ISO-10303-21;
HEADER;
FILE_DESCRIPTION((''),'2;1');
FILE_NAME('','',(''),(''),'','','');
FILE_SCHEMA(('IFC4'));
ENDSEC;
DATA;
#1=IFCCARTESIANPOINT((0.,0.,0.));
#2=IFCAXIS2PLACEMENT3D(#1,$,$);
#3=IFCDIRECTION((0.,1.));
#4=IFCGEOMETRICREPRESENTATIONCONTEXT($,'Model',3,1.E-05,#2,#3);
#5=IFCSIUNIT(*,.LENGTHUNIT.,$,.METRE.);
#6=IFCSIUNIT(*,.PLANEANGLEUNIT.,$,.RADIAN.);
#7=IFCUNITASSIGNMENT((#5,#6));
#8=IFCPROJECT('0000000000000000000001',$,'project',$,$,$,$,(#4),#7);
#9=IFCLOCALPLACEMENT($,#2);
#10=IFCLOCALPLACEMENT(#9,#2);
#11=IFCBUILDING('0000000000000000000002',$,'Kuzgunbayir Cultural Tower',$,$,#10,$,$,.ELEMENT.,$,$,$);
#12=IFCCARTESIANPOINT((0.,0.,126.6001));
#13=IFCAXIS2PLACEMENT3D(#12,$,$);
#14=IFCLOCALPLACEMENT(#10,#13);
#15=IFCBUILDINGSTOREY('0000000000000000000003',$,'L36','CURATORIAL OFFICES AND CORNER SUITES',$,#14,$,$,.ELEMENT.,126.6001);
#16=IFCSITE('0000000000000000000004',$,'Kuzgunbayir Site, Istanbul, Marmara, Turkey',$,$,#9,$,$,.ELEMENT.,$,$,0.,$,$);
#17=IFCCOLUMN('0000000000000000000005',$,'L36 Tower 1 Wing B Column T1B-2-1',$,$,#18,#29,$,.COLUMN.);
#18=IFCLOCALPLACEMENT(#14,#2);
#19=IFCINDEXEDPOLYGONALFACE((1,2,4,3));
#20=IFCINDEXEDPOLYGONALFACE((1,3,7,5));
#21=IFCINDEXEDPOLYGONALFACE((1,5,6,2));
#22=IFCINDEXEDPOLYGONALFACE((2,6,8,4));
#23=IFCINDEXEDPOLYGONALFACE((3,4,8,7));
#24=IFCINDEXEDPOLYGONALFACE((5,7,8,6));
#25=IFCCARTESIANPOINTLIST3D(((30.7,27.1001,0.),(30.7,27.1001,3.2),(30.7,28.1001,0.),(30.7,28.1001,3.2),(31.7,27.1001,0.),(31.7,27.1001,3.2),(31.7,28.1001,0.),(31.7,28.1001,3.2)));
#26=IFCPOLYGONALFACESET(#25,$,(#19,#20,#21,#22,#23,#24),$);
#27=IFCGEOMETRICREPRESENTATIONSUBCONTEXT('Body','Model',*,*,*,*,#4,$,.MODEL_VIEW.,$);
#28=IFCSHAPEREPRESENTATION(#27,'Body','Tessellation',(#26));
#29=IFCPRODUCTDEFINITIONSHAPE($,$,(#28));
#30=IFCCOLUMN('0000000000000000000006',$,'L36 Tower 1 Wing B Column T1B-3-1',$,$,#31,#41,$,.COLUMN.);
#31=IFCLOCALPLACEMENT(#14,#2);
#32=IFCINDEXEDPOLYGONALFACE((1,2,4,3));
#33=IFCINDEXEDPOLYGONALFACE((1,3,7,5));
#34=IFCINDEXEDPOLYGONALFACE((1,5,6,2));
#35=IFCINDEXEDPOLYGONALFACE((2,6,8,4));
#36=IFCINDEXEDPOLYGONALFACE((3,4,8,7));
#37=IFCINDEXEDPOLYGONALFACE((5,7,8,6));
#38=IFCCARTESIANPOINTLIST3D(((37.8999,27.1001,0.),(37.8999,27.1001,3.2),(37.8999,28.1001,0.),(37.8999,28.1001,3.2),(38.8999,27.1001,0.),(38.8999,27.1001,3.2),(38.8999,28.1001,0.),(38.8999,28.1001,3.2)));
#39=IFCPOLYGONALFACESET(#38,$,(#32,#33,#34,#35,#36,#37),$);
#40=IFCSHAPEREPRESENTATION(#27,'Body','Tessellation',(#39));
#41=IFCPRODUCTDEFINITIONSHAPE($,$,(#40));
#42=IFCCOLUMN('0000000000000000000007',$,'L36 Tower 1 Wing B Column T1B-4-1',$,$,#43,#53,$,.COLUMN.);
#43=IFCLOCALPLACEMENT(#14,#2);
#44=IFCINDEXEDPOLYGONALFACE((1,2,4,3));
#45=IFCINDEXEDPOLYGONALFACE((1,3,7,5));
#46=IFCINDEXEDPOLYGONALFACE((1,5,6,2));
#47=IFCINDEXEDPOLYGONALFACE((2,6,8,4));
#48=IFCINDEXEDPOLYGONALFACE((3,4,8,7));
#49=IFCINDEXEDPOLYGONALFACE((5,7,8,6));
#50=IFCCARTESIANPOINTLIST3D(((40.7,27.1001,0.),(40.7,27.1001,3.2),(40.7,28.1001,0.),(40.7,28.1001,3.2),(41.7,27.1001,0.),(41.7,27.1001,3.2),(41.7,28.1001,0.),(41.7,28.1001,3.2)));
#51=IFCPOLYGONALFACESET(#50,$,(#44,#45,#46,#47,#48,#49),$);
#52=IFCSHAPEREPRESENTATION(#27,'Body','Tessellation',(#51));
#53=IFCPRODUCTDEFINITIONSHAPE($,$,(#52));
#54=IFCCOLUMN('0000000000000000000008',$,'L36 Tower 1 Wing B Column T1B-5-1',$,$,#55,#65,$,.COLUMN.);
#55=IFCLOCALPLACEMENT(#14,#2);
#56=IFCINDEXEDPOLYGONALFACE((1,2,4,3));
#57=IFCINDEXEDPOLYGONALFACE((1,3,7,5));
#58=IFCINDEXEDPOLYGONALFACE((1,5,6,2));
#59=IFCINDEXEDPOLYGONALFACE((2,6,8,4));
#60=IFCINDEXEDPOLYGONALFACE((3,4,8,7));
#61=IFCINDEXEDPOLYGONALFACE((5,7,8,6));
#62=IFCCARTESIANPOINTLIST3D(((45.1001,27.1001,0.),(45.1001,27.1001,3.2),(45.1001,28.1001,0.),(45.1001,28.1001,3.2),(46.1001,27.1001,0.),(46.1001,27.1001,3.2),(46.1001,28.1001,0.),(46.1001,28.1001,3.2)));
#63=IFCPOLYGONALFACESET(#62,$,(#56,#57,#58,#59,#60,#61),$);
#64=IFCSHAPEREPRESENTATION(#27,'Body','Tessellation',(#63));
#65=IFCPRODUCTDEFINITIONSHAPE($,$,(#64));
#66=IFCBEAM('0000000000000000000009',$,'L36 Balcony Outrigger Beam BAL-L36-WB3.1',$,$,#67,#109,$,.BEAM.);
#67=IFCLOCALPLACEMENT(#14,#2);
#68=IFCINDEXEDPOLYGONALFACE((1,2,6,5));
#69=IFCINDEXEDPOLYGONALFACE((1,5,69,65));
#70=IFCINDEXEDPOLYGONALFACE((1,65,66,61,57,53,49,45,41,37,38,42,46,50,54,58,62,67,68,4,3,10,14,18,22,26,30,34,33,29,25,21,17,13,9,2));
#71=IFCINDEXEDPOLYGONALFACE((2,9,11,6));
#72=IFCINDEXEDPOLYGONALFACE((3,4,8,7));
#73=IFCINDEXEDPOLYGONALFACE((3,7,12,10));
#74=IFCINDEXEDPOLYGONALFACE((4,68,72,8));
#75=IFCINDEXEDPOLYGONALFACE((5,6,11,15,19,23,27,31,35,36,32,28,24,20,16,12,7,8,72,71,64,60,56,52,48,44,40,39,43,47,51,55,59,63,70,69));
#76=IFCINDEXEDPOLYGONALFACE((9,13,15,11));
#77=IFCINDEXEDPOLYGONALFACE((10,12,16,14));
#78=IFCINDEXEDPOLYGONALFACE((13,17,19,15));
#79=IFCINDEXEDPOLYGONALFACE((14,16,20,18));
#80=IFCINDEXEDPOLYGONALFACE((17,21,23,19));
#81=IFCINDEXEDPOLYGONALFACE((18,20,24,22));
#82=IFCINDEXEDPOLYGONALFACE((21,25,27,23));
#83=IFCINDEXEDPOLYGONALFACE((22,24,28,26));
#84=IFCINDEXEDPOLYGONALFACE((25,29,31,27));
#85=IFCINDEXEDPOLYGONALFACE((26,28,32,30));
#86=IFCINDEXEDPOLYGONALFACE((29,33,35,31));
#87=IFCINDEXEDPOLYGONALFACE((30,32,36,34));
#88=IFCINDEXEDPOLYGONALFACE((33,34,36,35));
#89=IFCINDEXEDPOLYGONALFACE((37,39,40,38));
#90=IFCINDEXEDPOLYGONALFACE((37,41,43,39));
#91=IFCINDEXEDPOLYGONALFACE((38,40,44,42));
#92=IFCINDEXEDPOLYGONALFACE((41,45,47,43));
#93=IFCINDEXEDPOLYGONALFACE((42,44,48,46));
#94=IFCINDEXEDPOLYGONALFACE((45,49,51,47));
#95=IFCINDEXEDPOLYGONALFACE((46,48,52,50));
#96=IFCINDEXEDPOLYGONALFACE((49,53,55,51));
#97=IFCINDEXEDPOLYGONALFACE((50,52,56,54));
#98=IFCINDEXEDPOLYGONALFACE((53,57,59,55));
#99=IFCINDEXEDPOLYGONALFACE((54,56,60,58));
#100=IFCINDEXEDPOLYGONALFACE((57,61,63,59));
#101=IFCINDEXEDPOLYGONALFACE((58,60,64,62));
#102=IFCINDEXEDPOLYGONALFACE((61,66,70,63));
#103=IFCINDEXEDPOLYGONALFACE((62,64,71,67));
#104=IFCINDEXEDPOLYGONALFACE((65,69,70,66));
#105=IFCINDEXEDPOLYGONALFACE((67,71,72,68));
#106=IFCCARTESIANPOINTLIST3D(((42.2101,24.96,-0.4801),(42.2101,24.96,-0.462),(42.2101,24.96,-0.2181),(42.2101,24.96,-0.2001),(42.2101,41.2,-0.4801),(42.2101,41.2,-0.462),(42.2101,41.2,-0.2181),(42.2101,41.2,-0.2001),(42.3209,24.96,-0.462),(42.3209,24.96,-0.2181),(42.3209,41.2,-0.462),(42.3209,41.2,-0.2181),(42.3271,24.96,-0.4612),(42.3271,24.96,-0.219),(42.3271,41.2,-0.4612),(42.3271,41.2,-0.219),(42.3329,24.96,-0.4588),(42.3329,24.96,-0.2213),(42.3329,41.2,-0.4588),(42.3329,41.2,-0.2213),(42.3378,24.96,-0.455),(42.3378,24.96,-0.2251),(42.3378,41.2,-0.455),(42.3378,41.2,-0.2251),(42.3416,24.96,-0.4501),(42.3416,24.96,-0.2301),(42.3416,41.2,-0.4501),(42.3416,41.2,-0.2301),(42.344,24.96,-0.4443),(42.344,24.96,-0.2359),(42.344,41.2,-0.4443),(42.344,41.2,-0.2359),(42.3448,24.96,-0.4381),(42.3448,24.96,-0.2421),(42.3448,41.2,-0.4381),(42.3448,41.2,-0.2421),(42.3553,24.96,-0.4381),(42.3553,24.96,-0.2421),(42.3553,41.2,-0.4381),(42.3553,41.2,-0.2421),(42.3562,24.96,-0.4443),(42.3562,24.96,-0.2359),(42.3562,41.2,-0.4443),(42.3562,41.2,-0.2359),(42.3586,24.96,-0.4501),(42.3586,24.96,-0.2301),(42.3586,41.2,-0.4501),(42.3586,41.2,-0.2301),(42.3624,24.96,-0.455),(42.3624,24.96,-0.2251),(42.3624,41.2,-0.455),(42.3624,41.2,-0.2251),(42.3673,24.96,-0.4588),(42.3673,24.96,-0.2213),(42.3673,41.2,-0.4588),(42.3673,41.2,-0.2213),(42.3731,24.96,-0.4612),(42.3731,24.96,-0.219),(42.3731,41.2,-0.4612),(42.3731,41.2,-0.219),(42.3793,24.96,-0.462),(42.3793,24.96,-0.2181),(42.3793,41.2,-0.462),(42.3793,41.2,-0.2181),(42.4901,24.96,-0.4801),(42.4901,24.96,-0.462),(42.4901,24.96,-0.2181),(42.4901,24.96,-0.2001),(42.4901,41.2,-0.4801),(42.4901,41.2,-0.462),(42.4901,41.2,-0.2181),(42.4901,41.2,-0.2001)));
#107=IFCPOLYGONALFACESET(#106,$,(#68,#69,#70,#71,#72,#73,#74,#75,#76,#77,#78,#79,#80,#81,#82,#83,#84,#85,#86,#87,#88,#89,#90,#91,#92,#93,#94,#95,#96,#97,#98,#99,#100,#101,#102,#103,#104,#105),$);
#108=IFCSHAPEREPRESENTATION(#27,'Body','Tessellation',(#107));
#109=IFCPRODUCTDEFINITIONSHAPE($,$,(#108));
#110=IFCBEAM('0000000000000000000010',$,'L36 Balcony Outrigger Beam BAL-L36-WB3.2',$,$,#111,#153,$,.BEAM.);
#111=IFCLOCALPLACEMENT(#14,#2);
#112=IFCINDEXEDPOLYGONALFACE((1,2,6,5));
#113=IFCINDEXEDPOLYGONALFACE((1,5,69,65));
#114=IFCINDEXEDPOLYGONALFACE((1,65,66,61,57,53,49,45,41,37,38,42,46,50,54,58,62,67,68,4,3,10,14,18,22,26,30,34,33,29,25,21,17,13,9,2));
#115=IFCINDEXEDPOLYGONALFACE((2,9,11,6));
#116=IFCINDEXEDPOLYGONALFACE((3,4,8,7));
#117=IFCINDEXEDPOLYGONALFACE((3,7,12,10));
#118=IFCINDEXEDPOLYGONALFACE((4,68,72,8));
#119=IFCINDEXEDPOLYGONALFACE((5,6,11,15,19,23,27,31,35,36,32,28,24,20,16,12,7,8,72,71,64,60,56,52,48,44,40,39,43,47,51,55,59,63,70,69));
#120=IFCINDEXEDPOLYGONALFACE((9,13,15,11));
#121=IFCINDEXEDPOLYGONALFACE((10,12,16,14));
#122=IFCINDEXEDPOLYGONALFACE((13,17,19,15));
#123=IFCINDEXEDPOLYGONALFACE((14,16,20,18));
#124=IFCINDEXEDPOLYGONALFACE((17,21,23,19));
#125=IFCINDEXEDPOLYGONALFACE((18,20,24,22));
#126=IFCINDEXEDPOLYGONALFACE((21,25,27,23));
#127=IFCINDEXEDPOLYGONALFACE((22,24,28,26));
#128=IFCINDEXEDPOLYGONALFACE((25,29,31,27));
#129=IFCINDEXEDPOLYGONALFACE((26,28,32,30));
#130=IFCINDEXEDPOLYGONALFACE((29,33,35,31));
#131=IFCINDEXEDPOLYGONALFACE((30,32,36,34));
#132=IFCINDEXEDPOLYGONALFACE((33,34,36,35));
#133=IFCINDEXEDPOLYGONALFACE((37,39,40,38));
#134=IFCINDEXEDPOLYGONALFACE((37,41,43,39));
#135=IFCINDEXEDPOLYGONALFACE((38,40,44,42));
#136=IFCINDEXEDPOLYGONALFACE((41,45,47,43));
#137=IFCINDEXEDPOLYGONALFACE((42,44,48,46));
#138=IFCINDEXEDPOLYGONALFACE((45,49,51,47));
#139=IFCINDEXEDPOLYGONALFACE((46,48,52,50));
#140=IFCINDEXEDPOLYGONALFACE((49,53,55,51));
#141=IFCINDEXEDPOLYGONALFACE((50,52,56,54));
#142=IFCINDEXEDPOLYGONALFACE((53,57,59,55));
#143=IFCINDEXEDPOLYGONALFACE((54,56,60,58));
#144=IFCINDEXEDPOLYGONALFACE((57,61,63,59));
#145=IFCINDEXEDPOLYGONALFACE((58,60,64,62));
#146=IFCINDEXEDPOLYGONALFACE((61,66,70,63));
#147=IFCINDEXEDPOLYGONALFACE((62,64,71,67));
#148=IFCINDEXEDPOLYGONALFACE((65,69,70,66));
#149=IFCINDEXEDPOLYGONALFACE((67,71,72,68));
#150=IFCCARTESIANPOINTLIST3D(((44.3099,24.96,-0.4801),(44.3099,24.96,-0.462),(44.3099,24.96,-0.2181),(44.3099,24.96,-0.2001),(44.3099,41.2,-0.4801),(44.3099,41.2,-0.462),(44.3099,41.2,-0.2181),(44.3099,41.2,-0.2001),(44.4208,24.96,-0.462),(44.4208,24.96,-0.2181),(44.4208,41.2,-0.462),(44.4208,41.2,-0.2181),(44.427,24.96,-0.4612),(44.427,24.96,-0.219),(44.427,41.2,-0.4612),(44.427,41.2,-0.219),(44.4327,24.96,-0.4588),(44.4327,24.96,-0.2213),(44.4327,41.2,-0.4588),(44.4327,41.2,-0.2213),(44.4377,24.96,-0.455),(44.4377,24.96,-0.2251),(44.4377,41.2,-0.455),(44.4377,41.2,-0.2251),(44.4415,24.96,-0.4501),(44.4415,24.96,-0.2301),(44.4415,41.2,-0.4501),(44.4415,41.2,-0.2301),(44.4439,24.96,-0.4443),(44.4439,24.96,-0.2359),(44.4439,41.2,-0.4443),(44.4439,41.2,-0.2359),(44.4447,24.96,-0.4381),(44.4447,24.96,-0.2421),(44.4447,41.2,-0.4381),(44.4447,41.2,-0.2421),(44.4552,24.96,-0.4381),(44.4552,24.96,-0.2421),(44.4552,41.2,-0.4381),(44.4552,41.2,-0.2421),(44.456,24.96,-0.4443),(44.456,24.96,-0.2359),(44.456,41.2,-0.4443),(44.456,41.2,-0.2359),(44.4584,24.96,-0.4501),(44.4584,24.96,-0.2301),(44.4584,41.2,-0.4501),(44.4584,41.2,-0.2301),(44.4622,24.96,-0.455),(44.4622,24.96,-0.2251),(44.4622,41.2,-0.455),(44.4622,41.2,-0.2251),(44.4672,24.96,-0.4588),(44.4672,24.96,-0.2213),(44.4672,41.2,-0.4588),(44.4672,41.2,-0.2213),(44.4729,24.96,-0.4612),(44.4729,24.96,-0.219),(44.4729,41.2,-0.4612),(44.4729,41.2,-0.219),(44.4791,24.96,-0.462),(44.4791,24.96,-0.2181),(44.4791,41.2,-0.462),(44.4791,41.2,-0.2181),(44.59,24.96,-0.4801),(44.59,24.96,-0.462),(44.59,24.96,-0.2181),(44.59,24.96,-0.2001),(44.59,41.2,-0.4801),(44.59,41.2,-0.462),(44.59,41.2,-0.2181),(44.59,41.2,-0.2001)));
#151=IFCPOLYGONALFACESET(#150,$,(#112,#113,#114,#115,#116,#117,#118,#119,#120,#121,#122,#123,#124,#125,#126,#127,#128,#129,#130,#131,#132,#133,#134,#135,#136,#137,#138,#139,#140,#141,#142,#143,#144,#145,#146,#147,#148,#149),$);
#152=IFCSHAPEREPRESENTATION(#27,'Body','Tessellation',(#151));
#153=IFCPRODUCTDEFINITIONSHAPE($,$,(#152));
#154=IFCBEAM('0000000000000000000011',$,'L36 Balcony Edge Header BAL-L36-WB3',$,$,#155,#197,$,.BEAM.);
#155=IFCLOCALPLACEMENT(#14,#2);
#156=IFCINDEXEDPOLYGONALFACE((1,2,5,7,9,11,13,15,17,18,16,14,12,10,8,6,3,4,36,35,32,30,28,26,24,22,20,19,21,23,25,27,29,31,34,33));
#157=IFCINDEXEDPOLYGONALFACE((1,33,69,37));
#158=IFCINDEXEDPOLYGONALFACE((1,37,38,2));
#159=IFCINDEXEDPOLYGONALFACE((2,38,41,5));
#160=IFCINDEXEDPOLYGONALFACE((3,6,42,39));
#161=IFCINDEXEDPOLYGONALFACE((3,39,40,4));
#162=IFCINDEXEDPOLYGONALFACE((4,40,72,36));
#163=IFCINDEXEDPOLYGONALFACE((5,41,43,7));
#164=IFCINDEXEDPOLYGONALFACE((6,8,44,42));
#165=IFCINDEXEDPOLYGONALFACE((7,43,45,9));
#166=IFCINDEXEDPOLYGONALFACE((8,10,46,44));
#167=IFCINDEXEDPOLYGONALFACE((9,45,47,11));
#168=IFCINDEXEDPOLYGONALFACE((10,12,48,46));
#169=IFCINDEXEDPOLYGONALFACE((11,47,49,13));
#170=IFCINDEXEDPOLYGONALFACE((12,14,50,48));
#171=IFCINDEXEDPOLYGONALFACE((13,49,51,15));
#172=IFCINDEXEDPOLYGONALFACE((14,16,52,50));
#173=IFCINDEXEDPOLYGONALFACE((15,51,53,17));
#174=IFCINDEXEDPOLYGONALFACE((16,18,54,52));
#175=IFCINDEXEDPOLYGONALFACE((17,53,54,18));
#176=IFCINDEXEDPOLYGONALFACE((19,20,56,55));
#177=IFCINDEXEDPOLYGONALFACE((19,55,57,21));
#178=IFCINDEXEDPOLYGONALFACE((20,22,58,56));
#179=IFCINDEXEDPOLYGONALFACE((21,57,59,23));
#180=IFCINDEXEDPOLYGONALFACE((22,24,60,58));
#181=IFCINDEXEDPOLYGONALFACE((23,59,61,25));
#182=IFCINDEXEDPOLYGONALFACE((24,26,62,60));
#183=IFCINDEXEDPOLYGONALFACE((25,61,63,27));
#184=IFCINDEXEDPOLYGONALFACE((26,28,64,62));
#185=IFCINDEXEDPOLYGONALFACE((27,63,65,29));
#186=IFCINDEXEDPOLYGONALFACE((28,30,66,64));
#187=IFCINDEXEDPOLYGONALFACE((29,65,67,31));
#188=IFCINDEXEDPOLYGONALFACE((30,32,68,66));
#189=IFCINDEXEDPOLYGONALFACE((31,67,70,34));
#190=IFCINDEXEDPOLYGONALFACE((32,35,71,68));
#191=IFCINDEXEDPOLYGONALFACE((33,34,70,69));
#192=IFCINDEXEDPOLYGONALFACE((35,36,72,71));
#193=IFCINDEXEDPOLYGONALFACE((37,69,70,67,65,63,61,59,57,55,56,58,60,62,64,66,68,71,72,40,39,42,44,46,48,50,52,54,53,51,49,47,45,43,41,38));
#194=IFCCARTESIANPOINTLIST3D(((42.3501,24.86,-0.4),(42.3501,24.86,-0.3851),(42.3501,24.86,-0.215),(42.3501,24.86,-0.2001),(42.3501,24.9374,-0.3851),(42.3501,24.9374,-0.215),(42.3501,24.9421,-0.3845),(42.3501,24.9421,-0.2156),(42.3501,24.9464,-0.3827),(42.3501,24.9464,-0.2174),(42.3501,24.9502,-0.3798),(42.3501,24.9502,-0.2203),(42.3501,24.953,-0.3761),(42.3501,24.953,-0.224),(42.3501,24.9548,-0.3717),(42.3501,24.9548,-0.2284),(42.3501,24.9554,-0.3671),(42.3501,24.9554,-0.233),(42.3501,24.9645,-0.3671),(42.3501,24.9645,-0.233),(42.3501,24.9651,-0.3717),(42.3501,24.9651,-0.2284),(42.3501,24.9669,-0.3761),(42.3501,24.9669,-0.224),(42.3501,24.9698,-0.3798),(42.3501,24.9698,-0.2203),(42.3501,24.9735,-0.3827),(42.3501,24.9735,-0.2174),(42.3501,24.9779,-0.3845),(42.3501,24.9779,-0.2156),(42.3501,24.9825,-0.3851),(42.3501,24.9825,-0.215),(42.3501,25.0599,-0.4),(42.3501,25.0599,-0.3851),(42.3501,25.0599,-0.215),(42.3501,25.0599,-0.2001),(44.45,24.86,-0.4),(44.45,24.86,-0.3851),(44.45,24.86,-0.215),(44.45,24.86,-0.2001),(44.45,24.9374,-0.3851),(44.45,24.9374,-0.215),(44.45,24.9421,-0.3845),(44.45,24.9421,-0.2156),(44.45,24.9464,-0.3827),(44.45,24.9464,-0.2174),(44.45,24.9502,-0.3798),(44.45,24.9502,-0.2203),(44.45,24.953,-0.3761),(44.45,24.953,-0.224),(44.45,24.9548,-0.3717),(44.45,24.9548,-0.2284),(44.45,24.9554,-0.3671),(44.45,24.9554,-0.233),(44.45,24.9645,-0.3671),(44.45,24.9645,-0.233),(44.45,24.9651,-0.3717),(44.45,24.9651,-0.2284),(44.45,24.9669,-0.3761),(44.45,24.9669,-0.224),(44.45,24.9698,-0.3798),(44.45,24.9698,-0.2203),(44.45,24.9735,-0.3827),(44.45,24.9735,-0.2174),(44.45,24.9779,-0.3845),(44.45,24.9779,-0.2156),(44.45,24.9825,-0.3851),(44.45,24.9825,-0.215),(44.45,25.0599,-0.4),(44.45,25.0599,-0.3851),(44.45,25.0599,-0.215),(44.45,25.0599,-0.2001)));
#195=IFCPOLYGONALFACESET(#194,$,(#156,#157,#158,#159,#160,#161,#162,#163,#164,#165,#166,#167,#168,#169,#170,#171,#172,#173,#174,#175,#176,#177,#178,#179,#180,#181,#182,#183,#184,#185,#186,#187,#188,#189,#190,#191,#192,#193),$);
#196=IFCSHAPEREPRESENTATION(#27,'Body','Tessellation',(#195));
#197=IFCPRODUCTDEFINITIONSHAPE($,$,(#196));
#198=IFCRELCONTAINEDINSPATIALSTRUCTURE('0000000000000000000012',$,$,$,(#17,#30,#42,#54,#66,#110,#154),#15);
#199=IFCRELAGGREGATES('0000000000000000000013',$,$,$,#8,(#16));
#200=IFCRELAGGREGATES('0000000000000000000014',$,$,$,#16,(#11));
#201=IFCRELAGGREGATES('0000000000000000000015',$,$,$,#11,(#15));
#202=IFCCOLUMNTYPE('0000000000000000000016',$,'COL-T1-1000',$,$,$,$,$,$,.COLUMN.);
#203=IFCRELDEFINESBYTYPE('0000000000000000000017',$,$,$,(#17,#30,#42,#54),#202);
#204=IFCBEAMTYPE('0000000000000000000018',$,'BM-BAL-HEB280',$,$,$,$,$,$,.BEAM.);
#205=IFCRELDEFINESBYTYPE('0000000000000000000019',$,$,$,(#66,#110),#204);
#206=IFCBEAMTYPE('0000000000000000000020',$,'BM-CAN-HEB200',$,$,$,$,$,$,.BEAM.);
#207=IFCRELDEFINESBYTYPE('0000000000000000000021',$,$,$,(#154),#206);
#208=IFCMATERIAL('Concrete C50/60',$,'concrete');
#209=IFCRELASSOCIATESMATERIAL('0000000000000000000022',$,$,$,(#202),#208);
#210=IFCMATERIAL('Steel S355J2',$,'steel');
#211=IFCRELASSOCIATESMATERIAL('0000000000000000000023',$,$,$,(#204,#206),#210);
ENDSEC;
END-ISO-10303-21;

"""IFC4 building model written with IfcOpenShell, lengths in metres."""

from ifc_helpers import new_model, si_unit, direction, frame, origin, origin_2d, place, context, subcontext, project, spatial, rectangle, i_section, extrude, material, material_profile, profile_set, type_object, element, save


model = new_model("IFC4")

# Units and contexts
model_context = context("Model", 3, precision=1e-05, world=origin(), true_north=direction((0.0, 1.0)))
body_context = subcontext(model_context, "Body", "Model", "MODEL_VIEW")
ifc_project = project(units=[si_unit("LENGTHUNIT", "METRE"), si_unit("PLANEANGLEUNIT", "RADIAN")], contexts=[model_context])

# Site, building, storey
site_placement = place(None, origin())
site = spatial("IfcSite", under=ifc_project, at=site_placement, Name="Kuzgunbayir Site, Istanbul, Marmara, Turkey", CompositionType="ELEMENT", RefElevation=0.0)
building_placement = place(site_placement, origin())
building = spatial("IfcBuilding", under=site, at=building_placement, Name="Kuzgunbayir Cultural Tower", CompositionType="ELEMENT")
storey_placement = place(building_placement, frame((0.0, 0.0, 126.6001)))
storey = spatial("IfcBuildingStorey", under=building, at=storey_placement, Name="L36", Description="CURATORIAL OFFICES AND CORNER SUITES", CompositionType="ELEMENT", Elevation=126.6001)

# Columns
ifc_material_1 = material(Name="Concrete C50/60", Category="concrete")
ifc_material_profile_1 = material_profile(ifc_material_1, rectangle(XDim=1.0, YDim=1.0, at=origin_2d()), Name="RC 1000x1000")
ifc_profile_set_1 = profile_set([ifc_material_profile_1], Name="Concrete C50/60")
column_type = type_object("IfcColumnType", Name="COL-T1-1000", PredefinedType="COLUMN", material=ifc_profile_set_1)
for number, where, z_axis, x_axis, name in (
    (1, (31.2, 27.6001, 0.0), (0.0, 0.0, 1.0), (1.0, 0.0, 0.0), "L36 Tower 1 Wing B Column T1B-2-1"),
    (2, (38.3999, 27.6001, 0.0), (0.0, 0.0, 1.0), (1.0, 0.0, 0.0), "L36 Tower 1 Wing B Column T1B-3-1"),
    (3, (41.2, 27.6001, 0.0), (0.0, 0.0, 1.0), (1.0, 0.0, 0.0), "L36 Tower 1 Wing B Column T1B-4-1"),
    (4, (45.6001, 27.6001, 0.0), (0.0, 0.0, 1.0), (1.0, 0.0, 0.0), "L36 Tower 1 Wing B Column T1B-5-1"),
):
    element("IfcColumn", number, at=place(storey_placement, frame(where, z_axis=z_axis, x_axis=x_axis)), inside=storey, type_object=column_type, Name=name, PredefinedType="COLUMN", context=body_context, shape_type="SweptSolid", body=[
        extrude(rectangle(XDim=1.0, YDim=1.0, at=origin_2d()), origin(), (0.0, 0.0, 1.0), 3.2),
    ])

# Beams
ifc_material_2 = material(Name="Steel S355J2", Category="steel")
ifc_material_profile_2 = material_profile(ifc_material_2, i_section(OverallWidth=0.28, OverallDepth=0.28, WebThickness=0.0105, FlangeThickness=0.0181, FilletRadius=0.0239, at=origin_2d()), Name="HEB 280")
ifc_profile_set_2 = profile_set([ifc_material_profile_2], Name="Steel S355J2")
beam_type_1 = type_object("IfcBeamType", Name="BM-BAL-HEB280", PredefinedType="BEAM", material=ifc_profile_set_2)
for number, where, z_axis, x_axis, name in (
    (5, (42.3501, 24.96, -0.3401), (0.0, 1.0, 0.0), (-1.0, 0.0, 0.0), "L36 Balcony Outrigger Beam BAL-L36-WB3.1"),
    (6, (44.45, 24.96, -0.3401), (0.0, 1.0, 0.0), (-1.0, 0.0, 0.0), "L36 Balcony Outrigger Beam BAL-L36-WB3.2"),
):
    element("IfcBeam", number, at=place(storey_placement, frame(where, z_axis=z_axis, x_axis=x_axis)), inside=storey, type_object=beam_type_1, Name=name, PredefinedType="BEAM", context=body_context, shape_type="SweptSolid", body=[
        extrude(i_section(OverallWidth=0.28, OverallDepth=0.28, WebThickness=0.0105, FlangeThickness=0.0181, FilletRadius=0.0239, at=origin_2d()), origin(), (0.0, 0.0, 1.0), 16.24),
    ])
ifc_material_profile_3 = material_profile(ifc_material_2, i_section(OverallWidth=0.2, OverallDepth=0.2, WebThickness=0.009, FlangeThickness=0.0149, FilletRadius=0.0181, at=origin_2d()), Name="HEB 200")
ifc_profile_set_3 = profile_set([ifc_material_profile_3], Name="Steel S355J2")
beam_type_2 = type_object("IfcBeamType", Name="BM-CAN-HEB200", PredefinedType="BEAM", material=ifc_profile_set_3)
beam_1_placement = place(storey_placement, frame((42.3501, 24.96, -0.3), z_axis=(1.0, 0.0, 0.0), x_axis=(0.0, 1.0, 0.0)))
element("IfcBeam", 7, at=beam_1_placement, inside=storey, type_object=beam_type_2, Name="L36 Balcony Edge Header BAL-L36-WB3", PredefinedType="BEAM", context=body_context, shape_type="SweptSolid", body=[
    extrude(i_section(OverallWidth=0.2, OverallDepth=0.2, WebThickness=0.009, FlangeThickness=0.0149, FilletRadius=0.0181, at=origin_2d()), origin(), (0.0, 0.0, 1.0), 2.0999),
])

save(model, "model.ifc")
